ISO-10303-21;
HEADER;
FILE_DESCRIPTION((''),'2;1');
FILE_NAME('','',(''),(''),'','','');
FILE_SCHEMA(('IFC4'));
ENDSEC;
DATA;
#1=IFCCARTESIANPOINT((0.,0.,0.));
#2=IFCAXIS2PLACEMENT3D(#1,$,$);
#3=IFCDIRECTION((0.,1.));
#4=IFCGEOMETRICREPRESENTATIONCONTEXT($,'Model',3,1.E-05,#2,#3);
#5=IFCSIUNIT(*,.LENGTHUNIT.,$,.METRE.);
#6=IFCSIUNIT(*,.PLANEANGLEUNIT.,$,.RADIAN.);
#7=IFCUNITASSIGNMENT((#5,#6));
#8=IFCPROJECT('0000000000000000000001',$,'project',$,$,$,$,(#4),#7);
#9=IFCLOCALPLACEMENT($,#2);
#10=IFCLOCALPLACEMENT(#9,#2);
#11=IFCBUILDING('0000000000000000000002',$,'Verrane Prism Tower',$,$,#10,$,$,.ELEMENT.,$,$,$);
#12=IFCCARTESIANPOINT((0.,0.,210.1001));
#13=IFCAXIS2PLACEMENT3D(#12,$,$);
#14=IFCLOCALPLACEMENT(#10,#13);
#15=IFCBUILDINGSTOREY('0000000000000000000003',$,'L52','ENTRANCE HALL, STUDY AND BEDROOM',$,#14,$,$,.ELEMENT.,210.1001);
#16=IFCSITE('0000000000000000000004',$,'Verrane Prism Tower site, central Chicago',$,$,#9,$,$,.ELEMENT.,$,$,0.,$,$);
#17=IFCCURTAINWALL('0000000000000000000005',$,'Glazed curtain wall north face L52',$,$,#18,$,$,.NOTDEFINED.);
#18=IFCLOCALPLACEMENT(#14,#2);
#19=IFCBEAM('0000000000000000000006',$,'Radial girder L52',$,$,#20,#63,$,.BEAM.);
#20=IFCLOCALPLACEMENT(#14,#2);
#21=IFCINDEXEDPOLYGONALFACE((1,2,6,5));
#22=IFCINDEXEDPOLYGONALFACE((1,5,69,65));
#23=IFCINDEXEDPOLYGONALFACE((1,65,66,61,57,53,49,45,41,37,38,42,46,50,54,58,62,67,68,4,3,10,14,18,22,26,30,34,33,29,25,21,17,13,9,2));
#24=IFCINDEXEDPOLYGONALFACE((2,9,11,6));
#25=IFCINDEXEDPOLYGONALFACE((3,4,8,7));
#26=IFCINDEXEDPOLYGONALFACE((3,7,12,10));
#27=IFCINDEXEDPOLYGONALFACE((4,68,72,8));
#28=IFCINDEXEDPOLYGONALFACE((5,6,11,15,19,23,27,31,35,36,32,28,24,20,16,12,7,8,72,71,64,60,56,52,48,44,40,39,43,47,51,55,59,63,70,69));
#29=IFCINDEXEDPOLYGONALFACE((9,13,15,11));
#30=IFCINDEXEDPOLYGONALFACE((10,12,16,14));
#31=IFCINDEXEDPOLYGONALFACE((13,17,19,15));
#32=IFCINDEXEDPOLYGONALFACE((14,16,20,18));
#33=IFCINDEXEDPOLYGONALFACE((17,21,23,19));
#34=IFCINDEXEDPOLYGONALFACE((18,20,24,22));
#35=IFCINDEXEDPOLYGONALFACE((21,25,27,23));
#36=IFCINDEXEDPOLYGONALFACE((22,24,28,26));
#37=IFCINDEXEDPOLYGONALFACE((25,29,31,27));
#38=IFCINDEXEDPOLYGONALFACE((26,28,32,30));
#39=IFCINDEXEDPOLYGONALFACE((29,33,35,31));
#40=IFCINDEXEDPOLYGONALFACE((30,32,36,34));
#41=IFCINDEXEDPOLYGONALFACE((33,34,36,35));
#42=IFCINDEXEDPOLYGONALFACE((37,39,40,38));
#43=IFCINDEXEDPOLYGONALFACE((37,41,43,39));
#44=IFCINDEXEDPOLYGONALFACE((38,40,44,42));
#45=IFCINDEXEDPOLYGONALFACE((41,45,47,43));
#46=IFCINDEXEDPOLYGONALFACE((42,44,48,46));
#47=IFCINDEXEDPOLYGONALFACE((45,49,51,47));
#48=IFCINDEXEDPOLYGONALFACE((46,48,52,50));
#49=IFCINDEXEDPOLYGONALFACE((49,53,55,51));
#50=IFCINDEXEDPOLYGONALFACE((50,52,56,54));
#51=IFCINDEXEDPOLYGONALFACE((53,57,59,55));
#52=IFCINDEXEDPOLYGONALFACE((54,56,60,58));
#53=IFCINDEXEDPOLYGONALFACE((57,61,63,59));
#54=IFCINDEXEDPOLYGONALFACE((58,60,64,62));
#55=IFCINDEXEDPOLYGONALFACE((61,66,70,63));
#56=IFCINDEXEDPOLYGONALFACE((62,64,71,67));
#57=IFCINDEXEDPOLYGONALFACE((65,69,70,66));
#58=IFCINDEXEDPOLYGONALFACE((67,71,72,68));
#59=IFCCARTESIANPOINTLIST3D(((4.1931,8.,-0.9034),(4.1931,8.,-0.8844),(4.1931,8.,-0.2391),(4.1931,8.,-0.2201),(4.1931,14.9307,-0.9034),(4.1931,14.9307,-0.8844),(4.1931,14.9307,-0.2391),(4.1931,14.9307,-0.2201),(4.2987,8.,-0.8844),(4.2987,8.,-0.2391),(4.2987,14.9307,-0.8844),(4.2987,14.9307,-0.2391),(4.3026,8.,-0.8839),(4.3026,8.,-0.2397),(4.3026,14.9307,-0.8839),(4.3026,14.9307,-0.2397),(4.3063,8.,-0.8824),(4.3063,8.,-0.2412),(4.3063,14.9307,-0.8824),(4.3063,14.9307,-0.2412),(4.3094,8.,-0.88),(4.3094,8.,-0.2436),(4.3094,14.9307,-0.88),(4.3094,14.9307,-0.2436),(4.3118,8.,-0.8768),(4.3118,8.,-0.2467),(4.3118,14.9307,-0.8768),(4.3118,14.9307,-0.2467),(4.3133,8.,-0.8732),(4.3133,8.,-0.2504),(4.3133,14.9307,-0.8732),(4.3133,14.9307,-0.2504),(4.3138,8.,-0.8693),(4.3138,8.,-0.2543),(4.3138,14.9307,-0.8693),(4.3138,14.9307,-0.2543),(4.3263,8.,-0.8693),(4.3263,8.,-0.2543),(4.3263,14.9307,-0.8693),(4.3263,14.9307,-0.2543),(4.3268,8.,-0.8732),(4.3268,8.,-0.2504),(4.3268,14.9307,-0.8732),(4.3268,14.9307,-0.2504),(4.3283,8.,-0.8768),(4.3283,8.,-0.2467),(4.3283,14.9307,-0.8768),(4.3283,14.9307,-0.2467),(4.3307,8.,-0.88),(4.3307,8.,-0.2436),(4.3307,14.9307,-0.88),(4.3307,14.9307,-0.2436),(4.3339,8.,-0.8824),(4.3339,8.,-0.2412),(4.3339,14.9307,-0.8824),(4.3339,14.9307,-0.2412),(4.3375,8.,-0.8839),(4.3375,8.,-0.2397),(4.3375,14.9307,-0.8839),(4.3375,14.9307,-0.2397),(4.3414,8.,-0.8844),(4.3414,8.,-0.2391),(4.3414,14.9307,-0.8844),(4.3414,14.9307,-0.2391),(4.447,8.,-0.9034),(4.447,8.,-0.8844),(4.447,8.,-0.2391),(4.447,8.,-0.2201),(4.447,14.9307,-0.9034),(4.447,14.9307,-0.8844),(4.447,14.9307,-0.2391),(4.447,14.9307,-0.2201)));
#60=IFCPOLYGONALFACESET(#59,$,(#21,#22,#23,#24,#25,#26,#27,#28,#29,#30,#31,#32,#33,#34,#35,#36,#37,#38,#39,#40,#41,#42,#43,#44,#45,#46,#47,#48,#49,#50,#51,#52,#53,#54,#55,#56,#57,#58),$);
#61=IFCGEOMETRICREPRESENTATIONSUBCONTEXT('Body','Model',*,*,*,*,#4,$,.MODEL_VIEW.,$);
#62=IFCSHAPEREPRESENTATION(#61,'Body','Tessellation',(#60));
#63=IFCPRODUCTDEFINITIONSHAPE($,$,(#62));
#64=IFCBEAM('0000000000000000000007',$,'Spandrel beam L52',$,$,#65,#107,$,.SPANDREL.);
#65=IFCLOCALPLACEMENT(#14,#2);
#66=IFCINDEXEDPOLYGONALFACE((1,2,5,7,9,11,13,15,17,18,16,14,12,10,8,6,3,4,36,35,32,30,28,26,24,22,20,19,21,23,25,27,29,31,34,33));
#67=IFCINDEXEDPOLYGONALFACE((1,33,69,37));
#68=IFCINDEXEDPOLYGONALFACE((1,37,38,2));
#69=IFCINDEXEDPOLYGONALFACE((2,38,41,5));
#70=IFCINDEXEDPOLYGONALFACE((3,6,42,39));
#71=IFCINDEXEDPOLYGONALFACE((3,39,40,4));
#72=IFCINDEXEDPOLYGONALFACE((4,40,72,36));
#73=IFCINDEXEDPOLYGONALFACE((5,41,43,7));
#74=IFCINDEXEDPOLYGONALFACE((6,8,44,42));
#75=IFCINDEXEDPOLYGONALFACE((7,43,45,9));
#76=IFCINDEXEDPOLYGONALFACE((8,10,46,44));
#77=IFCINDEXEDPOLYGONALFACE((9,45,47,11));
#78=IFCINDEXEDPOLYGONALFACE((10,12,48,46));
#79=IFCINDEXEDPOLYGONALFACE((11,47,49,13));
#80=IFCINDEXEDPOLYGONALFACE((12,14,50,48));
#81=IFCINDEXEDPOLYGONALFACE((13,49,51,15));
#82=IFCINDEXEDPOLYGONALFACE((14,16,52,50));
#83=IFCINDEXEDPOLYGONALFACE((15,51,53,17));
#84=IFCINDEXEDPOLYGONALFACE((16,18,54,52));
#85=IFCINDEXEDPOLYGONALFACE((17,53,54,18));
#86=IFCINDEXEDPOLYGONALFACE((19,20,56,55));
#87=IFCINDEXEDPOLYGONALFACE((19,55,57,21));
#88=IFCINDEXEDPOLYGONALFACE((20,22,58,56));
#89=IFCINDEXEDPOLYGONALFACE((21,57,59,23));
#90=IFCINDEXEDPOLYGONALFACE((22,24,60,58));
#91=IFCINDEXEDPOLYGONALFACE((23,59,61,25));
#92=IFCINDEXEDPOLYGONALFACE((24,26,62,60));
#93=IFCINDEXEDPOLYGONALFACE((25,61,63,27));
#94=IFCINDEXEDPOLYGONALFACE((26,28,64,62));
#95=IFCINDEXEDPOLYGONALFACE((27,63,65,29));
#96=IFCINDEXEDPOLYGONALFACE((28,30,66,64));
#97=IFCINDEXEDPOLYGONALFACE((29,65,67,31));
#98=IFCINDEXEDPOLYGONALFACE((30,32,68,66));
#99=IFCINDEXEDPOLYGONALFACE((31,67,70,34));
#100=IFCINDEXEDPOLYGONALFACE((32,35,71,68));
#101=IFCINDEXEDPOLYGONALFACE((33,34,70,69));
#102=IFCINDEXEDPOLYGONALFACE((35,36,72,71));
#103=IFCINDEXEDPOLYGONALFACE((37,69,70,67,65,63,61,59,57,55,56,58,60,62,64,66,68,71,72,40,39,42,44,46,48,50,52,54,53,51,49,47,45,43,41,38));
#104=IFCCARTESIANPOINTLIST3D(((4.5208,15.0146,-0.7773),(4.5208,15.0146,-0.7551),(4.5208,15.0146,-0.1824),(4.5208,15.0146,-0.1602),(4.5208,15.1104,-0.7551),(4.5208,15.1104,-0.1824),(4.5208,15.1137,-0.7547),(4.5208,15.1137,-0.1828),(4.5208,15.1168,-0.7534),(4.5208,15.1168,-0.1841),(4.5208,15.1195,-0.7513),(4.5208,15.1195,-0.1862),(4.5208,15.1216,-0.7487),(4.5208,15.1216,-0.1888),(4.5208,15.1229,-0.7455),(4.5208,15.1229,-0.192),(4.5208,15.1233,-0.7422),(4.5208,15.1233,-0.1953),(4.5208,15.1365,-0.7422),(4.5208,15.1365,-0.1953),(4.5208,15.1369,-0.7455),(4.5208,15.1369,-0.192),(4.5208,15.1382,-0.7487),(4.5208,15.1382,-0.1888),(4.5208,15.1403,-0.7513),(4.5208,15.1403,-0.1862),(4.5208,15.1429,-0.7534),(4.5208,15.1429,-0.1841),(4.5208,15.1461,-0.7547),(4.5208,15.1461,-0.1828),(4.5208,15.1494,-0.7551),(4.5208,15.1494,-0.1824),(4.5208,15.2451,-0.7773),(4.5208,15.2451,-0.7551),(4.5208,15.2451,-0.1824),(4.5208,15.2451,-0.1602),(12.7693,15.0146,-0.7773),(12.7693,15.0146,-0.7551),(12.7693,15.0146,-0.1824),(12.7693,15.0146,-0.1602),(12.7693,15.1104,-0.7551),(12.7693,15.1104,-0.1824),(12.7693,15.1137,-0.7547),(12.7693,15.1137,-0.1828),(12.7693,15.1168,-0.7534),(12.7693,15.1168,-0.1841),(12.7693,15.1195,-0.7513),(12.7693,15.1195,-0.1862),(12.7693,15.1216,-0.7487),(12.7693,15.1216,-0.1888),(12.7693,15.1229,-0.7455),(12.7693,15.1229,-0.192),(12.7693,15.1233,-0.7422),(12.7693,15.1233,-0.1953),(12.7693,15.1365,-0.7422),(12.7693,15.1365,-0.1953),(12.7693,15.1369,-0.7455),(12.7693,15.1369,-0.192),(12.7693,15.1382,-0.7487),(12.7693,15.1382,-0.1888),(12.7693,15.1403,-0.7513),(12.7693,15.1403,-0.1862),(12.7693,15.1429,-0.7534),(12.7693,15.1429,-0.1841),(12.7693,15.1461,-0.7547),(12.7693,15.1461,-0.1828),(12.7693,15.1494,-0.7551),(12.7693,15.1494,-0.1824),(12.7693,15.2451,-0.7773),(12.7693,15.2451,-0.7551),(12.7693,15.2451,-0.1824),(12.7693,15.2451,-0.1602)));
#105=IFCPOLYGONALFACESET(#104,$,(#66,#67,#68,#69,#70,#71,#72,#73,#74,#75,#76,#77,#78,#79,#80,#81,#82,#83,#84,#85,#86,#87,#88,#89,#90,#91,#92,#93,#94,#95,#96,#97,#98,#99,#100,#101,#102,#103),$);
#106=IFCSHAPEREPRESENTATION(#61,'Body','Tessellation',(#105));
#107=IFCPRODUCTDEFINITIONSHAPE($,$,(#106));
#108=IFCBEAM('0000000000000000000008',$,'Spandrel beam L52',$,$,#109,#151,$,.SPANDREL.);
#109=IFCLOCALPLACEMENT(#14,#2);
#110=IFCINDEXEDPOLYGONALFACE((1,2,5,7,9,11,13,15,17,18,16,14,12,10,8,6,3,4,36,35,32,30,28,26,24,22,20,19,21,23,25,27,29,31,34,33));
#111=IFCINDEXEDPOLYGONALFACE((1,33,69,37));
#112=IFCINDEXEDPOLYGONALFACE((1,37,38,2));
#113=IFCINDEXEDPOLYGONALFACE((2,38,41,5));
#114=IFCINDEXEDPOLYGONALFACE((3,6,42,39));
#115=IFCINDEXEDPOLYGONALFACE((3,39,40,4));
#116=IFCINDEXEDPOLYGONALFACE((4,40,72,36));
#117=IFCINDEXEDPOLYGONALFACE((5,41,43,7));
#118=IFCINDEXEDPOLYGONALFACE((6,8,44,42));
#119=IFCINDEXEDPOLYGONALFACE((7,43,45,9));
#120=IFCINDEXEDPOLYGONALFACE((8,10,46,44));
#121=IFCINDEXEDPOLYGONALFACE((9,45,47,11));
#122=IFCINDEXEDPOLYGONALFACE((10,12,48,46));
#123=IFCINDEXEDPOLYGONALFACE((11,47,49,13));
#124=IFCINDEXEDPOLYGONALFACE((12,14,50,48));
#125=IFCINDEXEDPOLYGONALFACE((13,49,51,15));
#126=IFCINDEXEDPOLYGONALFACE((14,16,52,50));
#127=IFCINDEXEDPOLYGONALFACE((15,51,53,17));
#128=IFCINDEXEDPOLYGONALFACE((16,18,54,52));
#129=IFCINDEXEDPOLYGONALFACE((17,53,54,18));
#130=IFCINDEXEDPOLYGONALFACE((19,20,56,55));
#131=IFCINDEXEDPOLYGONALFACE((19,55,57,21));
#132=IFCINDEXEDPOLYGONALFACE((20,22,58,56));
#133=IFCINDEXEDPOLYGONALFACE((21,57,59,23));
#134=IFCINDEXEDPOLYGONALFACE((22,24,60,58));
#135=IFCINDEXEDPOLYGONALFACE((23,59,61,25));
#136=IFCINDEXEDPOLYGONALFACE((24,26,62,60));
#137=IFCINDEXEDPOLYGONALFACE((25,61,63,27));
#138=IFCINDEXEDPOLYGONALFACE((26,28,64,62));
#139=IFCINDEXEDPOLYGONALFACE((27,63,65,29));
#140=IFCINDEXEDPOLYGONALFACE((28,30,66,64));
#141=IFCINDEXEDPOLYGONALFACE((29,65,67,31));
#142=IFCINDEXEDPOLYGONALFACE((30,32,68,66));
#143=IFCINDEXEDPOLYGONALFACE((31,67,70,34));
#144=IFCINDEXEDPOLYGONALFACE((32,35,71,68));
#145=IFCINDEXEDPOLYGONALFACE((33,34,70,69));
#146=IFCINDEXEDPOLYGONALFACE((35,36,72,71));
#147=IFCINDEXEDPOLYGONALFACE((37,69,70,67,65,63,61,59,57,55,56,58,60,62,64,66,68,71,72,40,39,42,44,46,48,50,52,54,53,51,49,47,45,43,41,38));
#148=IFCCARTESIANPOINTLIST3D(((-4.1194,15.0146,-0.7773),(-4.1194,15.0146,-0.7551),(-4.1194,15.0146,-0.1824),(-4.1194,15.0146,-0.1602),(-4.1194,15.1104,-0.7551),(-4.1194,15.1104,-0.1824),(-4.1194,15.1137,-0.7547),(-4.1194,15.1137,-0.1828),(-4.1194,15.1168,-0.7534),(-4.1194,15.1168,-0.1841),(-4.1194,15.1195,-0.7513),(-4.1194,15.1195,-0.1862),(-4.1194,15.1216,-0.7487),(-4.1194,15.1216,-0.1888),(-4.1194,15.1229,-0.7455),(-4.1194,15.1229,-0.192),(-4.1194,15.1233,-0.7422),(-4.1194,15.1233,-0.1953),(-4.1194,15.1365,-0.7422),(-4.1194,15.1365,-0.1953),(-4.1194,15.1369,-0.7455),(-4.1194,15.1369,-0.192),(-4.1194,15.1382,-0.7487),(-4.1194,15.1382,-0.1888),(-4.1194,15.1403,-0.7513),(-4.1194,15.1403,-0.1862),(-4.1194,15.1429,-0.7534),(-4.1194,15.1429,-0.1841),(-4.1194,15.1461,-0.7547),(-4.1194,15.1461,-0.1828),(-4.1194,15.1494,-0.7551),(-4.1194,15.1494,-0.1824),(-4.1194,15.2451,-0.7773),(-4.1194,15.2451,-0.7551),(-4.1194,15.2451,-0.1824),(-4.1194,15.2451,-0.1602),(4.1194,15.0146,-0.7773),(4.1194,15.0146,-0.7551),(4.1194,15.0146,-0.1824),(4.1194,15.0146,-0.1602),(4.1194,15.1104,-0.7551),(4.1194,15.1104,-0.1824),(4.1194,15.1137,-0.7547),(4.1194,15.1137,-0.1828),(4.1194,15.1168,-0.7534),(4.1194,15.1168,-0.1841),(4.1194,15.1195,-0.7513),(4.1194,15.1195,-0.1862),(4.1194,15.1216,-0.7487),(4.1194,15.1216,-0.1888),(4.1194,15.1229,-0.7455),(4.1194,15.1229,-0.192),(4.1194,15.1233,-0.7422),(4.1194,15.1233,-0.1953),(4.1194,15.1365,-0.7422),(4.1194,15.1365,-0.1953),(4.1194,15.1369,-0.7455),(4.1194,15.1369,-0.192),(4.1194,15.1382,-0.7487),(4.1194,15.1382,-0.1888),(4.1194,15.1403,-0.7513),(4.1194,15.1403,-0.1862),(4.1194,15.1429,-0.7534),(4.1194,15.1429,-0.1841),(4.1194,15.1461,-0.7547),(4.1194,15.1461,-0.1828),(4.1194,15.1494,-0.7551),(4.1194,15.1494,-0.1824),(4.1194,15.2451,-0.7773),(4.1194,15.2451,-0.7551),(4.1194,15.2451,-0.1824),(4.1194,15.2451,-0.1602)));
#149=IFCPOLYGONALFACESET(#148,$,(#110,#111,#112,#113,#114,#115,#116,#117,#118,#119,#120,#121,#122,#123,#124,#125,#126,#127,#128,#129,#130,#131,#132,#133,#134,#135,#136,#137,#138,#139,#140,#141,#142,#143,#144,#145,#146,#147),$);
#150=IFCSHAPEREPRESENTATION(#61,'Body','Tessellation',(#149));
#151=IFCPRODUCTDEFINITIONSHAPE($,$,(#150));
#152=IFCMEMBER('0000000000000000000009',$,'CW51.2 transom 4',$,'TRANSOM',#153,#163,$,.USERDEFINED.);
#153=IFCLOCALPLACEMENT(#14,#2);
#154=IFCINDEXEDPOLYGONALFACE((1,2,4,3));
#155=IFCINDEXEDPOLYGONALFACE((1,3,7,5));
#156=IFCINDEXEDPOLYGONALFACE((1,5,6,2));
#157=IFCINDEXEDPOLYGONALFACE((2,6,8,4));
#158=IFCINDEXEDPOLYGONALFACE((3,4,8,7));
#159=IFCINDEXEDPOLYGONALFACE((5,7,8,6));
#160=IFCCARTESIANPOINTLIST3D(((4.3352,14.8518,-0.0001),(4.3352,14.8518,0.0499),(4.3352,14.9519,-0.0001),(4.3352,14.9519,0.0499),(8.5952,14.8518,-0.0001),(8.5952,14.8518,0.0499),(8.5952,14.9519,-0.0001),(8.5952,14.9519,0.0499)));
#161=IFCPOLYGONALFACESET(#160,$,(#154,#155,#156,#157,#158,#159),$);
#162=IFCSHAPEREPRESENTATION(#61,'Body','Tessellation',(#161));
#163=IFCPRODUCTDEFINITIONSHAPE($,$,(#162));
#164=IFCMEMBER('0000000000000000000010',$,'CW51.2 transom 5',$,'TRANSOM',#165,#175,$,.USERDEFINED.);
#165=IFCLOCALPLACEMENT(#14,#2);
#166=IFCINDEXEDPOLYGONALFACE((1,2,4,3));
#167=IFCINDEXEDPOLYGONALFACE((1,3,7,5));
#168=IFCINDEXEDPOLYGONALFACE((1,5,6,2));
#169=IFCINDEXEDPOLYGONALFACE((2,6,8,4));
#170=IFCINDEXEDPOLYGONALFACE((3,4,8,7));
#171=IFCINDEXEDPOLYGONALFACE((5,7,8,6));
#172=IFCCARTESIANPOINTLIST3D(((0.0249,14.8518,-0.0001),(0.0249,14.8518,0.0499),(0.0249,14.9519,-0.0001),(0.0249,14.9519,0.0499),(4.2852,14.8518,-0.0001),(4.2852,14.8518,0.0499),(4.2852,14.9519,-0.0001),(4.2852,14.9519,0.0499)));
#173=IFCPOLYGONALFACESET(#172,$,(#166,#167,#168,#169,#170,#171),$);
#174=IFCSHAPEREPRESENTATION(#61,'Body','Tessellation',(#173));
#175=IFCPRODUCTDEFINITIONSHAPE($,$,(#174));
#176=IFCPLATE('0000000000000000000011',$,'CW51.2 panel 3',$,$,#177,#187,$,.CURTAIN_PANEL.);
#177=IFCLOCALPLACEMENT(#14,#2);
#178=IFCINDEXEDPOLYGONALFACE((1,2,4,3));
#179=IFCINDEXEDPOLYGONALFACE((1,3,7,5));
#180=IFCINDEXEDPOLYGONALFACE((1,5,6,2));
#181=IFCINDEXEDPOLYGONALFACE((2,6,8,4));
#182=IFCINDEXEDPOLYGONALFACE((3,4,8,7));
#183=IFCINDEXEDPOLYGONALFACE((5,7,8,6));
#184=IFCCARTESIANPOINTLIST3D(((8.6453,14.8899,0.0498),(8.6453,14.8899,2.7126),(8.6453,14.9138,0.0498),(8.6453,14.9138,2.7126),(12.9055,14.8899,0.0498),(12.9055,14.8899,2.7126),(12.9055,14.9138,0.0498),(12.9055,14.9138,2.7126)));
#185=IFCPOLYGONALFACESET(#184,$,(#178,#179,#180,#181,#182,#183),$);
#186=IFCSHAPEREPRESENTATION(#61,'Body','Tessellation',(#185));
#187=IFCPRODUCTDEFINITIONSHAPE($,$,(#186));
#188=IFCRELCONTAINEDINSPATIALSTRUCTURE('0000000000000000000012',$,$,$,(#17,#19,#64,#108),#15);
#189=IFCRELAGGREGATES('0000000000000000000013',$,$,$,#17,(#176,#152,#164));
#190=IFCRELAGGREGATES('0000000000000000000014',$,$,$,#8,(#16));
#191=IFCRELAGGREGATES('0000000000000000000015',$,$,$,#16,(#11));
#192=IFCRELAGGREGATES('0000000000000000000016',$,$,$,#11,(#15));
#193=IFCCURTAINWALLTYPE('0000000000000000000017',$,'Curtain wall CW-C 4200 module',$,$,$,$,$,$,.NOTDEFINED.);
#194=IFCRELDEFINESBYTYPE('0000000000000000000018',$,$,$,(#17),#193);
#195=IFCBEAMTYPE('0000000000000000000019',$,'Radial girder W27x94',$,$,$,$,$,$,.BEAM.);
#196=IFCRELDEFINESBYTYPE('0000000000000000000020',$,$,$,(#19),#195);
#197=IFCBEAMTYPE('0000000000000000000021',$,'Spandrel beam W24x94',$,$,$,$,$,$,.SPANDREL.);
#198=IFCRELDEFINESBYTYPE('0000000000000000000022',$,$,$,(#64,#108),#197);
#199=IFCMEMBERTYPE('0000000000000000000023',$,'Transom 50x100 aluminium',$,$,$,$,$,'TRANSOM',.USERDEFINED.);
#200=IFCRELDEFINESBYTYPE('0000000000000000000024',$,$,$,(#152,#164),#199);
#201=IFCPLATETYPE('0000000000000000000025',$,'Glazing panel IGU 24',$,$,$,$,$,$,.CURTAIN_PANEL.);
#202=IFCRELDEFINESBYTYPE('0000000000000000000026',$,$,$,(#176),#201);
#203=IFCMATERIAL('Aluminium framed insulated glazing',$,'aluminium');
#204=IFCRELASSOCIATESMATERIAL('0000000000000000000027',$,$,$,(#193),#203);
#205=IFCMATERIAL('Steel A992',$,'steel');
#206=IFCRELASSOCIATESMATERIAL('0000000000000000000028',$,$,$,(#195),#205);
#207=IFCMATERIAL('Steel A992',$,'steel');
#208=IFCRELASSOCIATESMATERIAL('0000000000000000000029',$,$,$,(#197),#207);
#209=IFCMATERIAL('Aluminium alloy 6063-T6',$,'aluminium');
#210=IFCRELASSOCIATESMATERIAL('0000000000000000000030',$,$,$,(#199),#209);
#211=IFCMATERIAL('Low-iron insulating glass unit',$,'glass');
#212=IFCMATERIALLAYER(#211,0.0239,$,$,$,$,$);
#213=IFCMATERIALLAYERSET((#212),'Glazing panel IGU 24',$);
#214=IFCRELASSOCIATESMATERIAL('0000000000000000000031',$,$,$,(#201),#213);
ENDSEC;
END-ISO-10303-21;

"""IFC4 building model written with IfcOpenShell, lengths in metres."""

from ifc_helpers import new_model, si_unit, direction, frame, origin, origin_2d, place, context, subcontext, project, spatial, rectangle, i_section, extrude, material, layer, layer_set, material_profile, profile_set, type_object, element, aggregate, save


model = new_model("IFC4")

# Units and contexts
model_context = context("Model", 3, precision=1e-05, world=origin(), true_north=direction((0.0, 1.0)))
body_context = subcontext(model_context, "Body", "Model", "MODEL_VIEW")
ifc_project = project(units=[si_unit("LENGTHUNIT", "METRE"), si_unit("PLANEANGLEUNIT", "RADIAN")], contexts=[model_context])

# Site, building, storey
site_placement = place(None, origin())
site = spatial("IfcSite", under=ifc_project, at=site_placement, Name="Verrane Prism Tower site, central Chicago", CompositionType="ELEMENT", RefElevation=0.0)
building_placement = place(site_placement, origin())
building = spatial("IfcBuilding", under=site, at=building_placement, Name="Verrane Prism Tower", CompositionType="ELEMENT")
storey_placement = place(building_placement, frame((0.0, 0.0, 210.1001)))
storey = spatial("IfcBuildingStorey", under=building, at=storey_placement, Name="L52", Description="ENTRANCE HALL, STUDY AND BEDROOM", CompositionType="ELEMENT", Elevation=210.1001)

# Curtain wall
ifc_material_1 = material(Name="Aluminium framed insulated glazing", Category="aluminium")
curtain_wall_type = type_object("IfcCurtainWallType", Name="Curtain wall CW-C 4200 module", PredefinedType="NOTDEFINED", material=ifc_material_1)
curtain_wall_placement = place(storey_placement, origin())
curtain_wall = element("IfcCurtainWall", 1, at=curtain_wall_placement, inside=storey, type_object=curtain_wall_type, Name="Glazed curtain wall north face L52", PredefinedType="NOTDEFINED")

# Beams
ifc_material_2 = material(Name="Steel A992", Category="steel")
ifc_material_profile_1 = material_profile(ifc_material_2, i_section(OverallWidth=0.2539, OverallDepth=0.6833, WebThickness=0.0125, FlangeThickness=0.019, FilletRadius=0.0151, at=origin_2d()), Name="W27x94")
ifc_profile_set_1 = profile_set([ifc_material_profile_1], Name="Steel A992")
beam_type_1 = type_object("IfcBeamType", Name="Radial girder W27x94", PredefinedType="BEAM", material=ifc_profile_set_1)
beam_1_placement = place(storey_placement, frame((4.3201, 14.9307, -0.5618), z_axis=(0.0, -1.0, 0.0), x_axis=(1.0, 0.0, 0.0)))
element("IfcBeam", 2, at=beam_1_placement, inside=storey, type_object=beam_type_1, Name="Radial girder L52", PredefinedType="BEAM", context=body_context, shape_type="SweptSolid", body=[
    extrude(i_section(OverallWidth=0.2539, OverallDepth=0.6833, WebThickness=0.0125, FlangeThickness=0.019, FilletRadius=0.0151, at=origin_2d()), origin(), (0.0, 0.0, 1.0), 6.9307),
])
ifc_material_3 = material(Name="Steel A992", Category="steel")
ifc_material_profile_2 = material_profile(ifc_material_3, i_section(OverallWidth=0.2305, OverallDepth=0.6172, WebThickness=0.0132, FlangeThickness=0.0222, FilletRadius=0.0129, at=origin_2d()), Name="W24x94")
ifc_profile_set_2 = profile_set([ifc_material_profile_2], Name="Steel A992")
beam_type_2 = type_object("IfcBeamType", Name="Spandrel beam W24x94", PredefinedType="SPANDREL", material=ifc_profile_set_2)
beam_2_placement = place(storey_placement, frame((12.7693, 15.1299, -0.4688), z_axis=(-1.0, 0.0, 0.0), x_axis=(0.0, -1.0, 0.0)))
element("IfcBeam", 3, at=beam_2_placement, inside=storey, type_object=beam_type_2, Name="Spandrel beam L52", PredefinedType="SPANDREL", context=body_context, shape_type="SweptSolid", body=[
    extrude(i_section(OverallWidth=0.2305, OverallDepth=0.6172, WebThickness=0.0132, FlangeThickness=0.0222, FilletRadius=0.0129, at=origin_2d()), origin(), (0.0, 0.0, 1.0), 8.2485),
])
beam_3_placement = place(storey_placement, frame((4.1194, 15.1299, -0.4688), z_axis=(-1.0, 0.0, 0.0), x_axis=(0.0, -1.0, 0.0)))
element("IfcBeam", 4, at=beam_3_placement, inside=storey, type_object=beam_type_2, Name="Spandrel beam L52", PredefinedType="SPANDREL", context=body_context, shape_type="SweptSolid", body=[
    extrude(i_section(OverallWidth=0.2305, OverallDepth=0.6172, WebThickness=0.0132, FlangeThickness=0.0222, FilletRadius=0.0129, at=origin_2d()), origin(), (0.0, 0.0, 1.0), 8.2388),
])

# Members
ifc_material_4 = material(Name="Aluminium alloy 6063-T6", Category="aluminium")
ifc_material_profile_3 = material_profile(ifc_material_4, rectangle(XDim=0.1001, YDim=0.05, at=origin_2d()), Name="Transom 50x100 aluminium")
ifc_profile_set_3 = profile_set([ifc_material_profile_3], Name="Aluminium alloy 6063-T6")
member_type_1 = type_object("IfcMemberType", Name="Transom 50x100 aluminium", ElementType="TRANSOM", PredefinedType="USERDEFINED", material=ifc_profile_set_3)
member_1_placement = place(storey_placement, frame((8.5952, 14.9019, 0.0249), z_axis=(-1.0, 0.0, 0.0), x_axis=(0.0, -1.0, 0.0)))
member_1 = element("IfcMember", 5, at=member_1_placement, type_object=member_type_1, Name="CW51.2 transom 4", ObjectType="TRANSOM", PredefinedType="USERDEFINED", context=body_context, shape_type="SweptSolid", body=[
    extrude(rectangle(XDim=0.1001, YDim=0.05, at=origin_2d()), origin(), (0.0, 0.0, 1.0), 4.26),
])
member_2_placement = place(storey_placement, frame((4.2852, 14.9019, 0.0249), z_axis=(-1.0, 0.0, 0.0), x_axis=(0.0, -1.0, 0.0)))
member_2 = element("IfcMember", 6, at=member_2_placement, type_object=member_type_1, Name="CW51.2 transom 5", ObjectType="TRANSOM", PredefinedType="USERDEFINED", context=body_context, shape_type="SweptSolid", body=[
    extrude(rectangle(XDim=0.1001, YDim=0.05, at=origin_2d()), origin(), (0.0, 0.0, 1.0), 4.2603),
])

# Plate
ifc_material_5 = material(Name="Low-iron insulating glass unit", Category="glass")
ifc_layer_1 = layer(ifc_material_5, 0.0239)
ifc_layer_set_1 = layer_set([ifc_layer_1], Name="Glazing panel IGU 24")
plate_type = type_object("IfcPlateType", Name="Glazing panel IGU 24", PredefinedType="CURTAIN_PANEL", material=ifc_layer_set_1)
plate_1_placement = place(storey_placement, frame((10.7754, 14.9019, 0.0498), z_axis=(0.0, 0.0, 1.0), x_axis=(-1.0, 0.0, 0.0)))
plate_1 = element("IfcPlate", 7, at=plate_1_placement, type_object=plate_type, Name="CW51.2 panel 3", PredefinedType="CURTAIN_PANEL", context=body_context, shape_type="SweptSolid", body=[
    extrude(rectangle(XDim=4.2603, YDim=0.0239, at=origin_2d()), origin(), (0.0, 0.0, 1.0), 2.6628),
])
aggregate(curtain_wall, [plate_1, member_1, member_2])

save(model, "model.ifc")
